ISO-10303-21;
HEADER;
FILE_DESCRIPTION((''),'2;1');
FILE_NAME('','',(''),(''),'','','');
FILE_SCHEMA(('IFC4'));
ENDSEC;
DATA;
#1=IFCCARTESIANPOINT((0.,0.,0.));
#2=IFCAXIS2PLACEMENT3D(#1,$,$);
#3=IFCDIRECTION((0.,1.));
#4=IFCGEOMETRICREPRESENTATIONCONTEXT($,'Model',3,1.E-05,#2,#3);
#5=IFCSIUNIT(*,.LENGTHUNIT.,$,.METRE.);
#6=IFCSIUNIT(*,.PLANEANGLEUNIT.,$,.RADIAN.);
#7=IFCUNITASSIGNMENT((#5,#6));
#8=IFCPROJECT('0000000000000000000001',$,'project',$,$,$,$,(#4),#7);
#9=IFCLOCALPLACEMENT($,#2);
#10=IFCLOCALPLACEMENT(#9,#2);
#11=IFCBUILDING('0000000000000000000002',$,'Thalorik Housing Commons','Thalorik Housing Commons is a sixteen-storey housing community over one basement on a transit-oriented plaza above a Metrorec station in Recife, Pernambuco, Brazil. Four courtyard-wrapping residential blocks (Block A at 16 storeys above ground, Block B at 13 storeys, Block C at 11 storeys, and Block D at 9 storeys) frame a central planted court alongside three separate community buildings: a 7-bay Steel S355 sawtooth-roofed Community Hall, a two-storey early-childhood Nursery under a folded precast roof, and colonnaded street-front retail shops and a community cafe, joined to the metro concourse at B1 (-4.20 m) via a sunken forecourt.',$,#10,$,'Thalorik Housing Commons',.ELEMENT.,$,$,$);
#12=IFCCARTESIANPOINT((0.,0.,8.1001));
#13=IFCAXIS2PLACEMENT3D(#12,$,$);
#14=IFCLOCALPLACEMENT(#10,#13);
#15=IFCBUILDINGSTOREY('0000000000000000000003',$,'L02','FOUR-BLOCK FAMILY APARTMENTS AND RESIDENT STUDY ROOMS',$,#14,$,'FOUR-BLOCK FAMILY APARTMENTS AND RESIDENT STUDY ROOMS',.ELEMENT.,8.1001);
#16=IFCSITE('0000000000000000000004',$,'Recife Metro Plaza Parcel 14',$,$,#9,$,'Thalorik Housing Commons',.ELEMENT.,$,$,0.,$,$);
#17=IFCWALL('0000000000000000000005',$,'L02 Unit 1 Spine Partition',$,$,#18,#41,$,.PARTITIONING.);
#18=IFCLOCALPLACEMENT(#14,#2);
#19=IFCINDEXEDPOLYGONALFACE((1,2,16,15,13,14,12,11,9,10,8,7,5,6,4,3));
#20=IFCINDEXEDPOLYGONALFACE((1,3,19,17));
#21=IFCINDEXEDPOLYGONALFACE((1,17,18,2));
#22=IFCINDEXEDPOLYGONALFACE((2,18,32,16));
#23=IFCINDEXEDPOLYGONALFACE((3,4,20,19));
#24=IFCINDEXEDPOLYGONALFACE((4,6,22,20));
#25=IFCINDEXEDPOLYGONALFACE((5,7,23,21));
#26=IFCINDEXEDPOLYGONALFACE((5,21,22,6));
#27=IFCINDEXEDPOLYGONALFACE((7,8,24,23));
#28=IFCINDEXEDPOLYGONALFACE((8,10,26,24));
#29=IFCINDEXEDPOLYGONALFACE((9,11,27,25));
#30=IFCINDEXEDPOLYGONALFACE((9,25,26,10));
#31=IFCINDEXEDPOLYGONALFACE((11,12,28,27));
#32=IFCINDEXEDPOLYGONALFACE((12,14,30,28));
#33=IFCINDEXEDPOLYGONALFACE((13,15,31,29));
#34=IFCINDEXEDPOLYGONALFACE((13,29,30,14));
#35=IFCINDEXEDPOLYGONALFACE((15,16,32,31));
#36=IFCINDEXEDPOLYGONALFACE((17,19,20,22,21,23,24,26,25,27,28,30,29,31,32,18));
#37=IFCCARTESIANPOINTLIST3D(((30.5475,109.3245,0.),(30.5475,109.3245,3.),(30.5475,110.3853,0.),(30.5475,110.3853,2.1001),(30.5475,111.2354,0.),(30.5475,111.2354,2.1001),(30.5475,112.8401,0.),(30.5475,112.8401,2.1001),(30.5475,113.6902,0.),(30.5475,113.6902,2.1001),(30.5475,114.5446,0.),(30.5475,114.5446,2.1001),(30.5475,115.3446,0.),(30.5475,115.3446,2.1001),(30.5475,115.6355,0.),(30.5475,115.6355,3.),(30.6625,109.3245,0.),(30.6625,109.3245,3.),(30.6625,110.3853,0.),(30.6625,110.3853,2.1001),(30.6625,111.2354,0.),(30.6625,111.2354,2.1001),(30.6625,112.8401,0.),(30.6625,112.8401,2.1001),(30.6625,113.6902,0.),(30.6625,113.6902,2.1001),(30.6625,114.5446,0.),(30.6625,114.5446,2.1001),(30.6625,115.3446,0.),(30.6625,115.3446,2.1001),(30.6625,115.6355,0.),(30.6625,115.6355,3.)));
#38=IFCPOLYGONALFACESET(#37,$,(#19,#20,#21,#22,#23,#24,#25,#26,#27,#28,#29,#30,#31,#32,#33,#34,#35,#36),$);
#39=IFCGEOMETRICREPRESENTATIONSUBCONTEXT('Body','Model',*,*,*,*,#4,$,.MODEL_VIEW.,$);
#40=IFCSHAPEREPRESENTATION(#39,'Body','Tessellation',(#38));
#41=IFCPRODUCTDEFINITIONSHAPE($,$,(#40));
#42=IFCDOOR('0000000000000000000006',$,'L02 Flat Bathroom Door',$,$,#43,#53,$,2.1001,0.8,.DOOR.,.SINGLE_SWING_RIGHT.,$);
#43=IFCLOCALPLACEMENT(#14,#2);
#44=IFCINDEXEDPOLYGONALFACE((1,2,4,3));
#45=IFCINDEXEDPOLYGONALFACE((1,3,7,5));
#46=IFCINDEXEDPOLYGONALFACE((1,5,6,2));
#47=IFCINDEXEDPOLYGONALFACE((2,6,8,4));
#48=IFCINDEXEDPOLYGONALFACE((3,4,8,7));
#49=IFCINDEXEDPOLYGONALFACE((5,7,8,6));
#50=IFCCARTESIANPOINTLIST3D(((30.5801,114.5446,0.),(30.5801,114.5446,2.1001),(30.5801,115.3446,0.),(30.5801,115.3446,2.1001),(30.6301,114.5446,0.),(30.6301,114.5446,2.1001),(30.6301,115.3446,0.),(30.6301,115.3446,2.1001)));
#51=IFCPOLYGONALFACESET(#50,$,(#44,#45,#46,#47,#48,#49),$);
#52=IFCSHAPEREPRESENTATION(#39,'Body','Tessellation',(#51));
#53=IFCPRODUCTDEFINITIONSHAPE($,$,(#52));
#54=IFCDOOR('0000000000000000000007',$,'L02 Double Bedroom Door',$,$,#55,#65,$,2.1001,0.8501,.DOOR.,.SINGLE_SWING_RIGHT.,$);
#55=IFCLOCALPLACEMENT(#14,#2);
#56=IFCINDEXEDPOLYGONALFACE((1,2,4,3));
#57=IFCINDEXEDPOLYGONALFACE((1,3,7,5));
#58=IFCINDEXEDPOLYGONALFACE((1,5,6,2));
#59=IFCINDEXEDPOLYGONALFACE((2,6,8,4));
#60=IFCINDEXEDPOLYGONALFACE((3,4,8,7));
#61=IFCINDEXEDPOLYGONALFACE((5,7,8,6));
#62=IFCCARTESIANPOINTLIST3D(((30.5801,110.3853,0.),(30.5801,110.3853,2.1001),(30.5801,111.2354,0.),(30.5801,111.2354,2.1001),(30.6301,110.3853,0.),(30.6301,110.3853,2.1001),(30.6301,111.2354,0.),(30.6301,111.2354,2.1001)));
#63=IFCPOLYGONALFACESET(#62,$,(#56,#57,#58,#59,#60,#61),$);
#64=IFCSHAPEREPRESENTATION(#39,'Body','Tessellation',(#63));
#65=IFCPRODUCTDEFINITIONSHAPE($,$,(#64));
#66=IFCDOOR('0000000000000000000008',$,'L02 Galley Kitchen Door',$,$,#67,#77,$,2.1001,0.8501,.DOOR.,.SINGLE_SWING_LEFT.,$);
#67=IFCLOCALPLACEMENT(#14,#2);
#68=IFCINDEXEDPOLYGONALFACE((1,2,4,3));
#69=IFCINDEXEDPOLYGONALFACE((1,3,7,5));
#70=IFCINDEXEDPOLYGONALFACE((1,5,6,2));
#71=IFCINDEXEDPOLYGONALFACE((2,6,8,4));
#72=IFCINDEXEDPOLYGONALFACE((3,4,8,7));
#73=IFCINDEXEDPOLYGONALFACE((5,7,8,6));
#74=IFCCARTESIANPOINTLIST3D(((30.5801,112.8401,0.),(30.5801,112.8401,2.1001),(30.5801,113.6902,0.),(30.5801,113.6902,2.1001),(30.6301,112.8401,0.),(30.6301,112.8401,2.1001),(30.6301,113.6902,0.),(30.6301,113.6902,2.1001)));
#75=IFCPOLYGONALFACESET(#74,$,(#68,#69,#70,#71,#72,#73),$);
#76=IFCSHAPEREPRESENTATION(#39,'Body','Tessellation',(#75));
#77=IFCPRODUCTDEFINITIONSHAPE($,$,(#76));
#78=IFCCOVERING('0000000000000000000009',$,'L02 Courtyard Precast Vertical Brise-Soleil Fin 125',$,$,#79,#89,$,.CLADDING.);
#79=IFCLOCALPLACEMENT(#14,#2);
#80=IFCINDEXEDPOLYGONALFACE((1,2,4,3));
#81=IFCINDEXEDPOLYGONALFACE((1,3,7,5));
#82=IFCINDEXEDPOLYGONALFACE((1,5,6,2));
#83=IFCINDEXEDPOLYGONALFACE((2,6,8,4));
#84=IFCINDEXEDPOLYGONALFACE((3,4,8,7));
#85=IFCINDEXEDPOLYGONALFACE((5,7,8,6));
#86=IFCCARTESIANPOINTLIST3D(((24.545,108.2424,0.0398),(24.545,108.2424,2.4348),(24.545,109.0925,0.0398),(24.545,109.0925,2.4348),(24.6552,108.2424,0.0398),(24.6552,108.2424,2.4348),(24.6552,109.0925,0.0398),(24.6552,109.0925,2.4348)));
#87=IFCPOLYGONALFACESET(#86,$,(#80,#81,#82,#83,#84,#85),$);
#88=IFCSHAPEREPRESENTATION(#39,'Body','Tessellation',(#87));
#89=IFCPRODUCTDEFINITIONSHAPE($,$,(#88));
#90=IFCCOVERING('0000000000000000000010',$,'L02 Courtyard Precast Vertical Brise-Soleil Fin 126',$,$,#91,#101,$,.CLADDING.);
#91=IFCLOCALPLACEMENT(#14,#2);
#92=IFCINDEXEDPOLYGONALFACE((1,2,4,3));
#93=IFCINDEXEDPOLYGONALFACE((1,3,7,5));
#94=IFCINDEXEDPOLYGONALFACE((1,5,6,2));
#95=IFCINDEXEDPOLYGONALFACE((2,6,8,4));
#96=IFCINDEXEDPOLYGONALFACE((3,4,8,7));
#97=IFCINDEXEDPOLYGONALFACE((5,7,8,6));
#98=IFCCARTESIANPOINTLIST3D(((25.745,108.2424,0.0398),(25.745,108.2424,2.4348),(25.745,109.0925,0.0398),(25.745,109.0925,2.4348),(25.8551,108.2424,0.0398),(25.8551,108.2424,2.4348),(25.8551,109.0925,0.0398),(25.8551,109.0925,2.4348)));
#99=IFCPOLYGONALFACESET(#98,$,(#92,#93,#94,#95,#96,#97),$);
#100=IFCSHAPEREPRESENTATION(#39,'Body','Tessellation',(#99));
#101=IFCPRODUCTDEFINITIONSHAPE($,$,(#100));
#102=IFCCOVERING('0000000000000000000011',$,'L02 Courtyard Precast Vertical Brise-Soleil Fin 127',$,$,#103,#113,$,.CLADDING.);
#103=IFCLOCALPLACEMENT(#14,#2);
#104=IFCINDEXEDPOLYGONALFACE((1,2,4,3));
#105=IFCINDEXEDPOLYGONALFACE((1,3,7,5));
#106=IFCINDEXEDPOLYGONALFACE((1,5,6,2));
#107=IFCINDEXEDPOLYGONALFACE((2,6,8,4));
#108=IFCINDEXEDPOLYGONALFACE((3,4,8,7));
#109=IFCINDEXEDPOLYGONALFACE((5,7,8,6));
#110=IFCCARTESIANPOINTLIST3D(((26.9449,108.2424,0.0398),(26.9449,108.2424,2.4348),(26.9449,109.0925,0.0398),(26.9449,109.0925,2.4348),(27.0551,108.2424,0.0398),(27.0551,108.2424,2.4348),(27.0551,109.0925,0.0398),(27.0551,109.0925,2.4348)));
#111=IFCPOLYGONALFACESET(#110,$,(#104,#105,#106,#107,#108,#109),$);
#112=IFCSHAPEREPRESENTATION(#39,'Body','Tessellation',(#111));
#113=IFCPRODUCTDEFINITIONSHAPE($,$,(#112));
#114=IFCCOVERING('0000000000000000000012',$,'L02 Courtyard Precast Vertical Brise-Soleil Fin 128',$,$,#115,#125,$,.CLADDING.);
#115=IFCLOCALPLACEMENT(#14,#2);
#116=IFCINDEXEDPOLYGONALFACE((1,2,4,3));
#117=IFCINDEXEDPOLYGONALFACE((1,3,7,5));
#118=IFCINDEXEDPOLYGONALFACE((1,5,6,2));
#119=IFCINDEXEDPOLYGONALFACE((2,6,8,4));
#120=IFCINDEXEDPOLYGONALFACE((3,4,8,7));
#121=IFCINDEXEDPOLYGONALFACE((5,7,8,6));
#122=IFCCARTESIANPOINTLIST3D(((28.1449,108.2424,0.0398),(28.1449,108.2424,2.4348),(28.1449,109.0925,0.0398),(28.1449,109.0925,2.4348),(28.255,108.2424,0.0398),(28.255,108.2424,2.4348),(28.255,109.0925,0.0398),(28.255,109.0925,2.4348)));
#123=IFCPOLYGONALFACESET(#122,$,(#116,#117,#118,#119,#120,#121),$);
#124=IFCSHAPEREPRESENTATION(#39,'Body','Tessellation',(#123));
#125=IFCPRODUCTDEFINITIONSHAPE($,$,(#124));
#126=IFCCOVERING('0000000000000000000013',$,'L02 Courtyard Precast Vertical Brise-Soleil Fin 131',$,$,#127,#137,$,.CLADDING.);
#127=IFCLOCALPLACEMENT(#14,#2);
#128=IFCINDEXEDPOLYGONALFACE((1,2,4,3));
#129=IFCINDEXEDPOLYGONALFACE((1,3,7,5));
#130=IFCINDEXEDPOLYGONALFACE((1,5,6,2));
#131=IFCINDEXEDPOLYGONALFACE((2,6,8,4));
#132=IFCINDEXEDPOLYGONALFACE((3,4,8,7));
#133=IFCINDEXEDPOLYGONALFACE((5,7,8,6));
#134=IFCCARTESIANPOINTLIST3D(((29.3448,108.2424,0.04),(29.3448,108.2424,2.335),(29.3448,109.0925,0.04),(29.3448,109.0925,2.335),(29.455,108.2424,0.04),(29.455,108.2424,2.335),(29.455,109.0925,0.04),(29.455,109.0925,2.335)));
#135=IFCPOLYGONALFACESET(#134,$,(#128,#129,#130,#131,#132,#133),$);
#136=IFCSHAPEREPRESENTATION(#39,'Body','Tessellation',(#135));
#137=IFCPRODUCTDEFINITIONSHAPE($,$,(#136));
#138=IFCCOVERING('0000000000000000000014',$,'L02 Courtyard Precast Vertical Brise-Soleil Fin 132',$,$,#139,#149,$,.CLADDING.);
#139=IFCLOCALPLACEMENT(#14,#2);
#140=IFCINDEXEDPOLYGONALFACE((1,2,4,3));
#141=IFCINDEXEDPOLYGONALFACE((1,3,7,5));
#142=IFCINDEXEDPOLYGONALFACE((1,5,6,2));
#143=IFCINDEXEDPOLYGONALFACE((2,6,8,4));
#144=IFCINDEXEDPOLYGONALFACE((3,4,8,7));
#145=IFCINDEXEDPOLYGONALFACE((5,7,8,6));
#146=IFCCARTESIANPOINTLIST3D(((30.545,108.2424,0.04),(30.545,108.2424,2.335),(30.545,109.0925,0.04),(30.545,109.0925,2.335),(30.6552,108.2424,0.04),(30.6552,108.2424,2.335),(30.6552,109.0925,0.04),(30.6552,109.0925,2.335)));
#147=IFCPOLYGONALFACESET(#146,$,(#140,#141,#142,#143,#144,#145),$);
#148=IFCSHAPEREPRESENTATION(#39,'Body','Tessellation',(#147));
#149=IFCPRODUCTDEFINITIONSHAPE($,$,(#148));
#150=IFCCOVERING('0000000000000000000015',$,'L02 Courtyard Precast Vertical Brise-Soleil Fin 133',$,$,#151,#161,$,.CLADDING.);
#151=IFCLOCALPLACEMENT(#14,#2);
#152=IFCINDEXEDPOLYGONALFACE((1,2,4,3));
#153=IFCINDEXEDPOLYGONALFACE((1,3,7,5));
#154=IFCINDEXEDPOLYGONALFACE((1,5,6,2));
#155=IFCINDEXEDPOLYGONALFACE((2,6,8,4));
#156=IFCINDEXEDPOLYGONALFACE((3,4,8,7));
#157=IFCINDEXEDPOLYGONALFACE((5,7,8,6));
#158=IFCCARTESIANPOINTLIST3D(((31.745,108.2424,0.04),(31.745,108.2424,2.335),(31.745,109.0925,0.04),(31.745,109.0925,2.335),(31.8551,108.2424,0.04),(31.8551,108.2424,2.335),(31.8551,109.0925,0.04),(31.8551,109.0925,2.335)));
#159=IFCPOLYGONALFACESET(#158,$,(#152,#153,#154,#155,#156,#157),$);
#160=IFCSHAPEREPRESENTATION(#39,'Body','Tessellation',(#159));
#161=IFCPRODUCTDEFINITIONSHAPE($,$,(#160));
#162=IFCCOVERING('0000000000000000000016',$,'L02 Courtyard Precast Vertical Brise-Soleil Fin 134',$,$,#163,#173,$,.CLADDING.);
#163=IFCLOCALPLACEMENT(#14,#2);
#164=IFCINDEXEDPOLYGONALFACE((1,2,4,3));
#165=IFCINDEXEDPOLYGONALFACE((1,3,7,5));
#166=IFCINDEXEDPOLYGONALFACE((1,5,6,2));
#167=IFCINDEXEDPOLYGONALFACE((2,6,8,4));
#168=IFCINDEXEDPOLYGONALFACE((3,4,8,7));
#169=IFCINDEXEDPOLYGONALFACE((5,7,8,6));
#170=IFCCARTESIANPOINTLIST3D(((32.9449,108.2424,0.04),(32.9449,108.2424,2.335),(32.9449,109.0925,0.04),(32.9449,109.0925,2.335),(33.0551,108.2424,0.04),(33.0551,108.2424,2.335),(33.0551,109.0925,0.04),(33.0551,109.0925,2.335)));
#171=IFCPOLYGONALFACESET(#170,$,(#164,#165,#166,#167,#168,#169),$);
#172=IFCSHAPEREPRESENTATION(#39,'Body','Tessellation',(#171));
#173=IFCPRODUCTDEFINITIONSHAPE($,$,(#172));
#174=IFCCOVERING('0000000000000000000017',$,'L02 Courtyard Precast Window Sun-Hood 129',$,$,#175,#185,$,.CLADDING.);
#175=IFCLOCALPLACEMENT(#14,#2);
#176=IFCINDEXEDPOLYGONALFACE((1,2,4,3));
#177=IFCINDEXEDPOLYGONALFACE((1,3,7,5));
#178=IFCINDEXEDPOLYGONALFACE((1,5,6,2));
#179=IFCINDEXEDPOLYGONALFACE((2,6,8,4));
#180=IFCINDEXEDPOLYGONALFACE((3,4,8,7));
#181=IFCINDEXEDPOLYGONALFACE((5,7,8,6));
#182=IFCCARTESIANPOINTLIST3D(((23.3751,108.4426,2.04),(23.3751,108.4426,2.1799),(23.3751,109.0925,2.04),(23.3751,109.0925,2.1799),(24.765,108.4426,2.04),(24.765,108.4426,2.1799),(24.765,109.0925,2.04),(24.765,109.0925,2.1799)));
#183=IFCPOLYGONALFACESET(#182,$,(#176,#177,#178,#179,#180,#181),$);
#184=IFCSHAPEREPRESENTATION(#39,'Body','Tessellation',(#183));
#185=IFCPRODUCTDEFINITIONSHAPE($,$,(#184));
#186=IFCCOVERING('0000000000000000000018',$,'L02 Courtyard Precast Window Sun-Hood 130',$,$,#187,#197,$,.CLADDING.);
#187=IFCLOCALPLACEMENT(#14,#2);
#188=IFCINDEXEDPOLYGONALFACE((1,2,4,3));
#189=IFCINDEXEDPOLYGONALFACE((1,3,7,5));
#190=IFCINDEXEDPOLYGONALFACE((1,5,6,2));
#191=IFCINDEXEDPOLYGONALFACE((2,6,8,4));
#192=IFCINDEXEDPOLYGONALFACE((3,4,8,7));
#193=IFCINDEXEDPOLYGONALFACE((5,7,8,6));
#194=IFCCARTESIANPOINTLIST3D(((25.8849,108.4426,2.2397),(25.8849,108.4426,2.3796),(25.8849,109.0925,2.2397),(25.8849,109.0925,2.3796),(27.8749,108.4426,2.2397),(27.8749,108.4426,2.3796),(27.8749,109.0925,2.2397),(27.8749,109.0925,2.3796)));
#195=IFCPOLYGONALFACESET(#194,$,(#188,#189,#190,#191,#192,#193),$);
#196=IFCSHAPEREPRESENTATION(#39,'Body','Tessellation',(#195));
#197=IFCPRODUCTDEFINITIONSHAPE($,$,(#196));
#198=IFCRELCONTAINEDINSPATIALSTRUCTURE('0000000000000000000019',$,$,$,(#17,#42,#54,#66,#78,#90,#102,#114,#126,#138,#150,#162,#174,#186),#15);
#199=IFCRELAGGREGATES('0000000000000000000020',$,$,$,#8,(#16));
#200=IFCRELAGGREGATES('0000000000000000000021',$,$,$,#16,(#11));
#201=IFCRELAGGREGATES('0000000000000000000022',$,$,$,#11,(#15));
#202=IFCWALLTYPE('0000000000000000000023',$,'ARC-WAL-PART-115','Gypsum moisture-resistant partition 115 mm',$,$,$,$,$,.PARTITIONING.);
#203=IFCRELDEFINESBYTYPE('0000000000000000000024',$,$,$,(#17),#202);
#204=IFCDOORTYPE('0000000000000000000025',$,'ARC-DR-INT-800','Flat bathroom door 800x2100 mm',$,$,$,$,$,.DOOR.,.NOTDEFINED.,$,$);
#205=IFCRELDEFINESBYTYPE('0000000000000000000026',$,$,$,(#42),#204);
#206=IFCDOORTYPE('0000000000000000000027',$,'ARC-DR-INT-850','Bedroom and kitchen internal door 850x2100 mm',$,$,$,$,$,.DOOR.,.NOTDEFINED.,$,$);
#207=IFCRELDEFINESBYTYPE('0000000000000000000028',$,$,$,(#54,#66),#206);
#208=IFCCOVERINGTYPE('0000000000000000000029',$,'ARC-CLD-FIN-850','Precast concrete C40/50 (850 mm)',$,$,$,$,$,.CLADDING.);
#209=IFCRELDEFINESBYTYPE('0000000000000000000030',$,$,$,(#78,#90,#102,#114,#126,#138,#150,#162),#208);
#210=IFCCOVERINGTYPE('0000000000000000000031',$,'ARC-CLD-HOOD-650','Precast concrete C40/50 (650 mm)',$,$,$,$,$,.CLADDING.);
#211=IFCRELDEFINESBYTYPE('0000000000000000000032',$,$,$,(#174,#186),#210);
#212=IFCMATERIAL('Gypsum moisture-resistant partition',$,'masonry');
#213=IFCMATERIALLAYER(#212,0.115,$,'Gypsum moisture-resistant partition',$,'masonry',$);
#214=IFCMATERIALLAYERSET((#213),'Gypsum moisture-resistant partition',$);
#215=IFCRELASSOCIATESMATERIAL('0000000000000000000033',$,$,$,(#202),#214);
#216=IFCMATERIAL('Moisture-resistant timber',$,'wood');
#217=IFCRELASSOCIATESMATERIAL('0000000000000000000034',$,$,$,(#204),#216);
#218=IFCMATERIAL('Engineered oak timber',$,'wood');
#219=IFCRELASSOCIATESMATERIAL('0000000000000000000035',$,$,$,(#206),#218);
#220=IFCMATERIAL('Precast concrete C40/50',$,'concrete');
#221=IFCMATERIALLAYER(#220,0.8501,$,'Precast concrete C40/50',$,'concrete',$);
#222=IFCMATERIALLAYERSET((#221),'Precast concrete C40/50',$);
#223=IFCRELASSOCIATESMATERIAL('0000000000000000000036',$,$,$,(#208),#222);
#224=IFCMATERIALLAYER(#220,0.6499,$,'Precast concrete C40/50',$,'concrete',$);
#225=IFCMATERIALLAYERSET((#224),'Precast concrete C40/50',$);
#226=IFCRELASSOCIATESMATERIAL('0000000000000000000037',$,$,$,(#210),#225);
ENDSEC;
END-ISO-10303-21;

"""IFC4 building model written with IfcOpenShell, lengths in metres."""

from ifc_helpers import new_model, si_unit, direction, frame, frame_2d, origin, origin_2d, place, context, subcontext, project, spatial, rectangle, extrude, material, layer, layer_set, type_object, element, fill, save


model = new_model("IFC4")

# Units and contexts
model_context = context("Model", 3, precision=1e-05, world=origin(), true_north=direction((0.0, 1.0)))
body_context = subcontext(model_context, "Body", "Model", "MODEL_VIEW")
ifc_project = project(units=[si_unit("LENGTHUNIT", "METRE"), si_unit("PLANEANGLEUNIT", "RADIAN")], contexts=[model_context])

# Site, building, storey
site_placement = place(None, origin())
site = spatial("IfcSite", under=ifc_project, at=site_placement, Name="Recife Metro Plaza Parcel 14", LongName="Thalorik Housing Commons", CompositionType="ELEMENT", RefElevation=0.0)
building_placement = place(site_placement, origin())
building = spatial("IfcBuilding", under=site, at=building_placement, Name="Thalorik Housing Commons", Description="Thalorik Housing Commons is a sixteen-storey housing community over one basement on a transit-oriented plaza above a Metrorec station in Recife, Pernambuco, Brazil. Four courtyard-wrapping residential blocks (Block A at 16 storeys above ground, Block B at 13 storeys, Block C at 11 storeys, and Block D at 9 storeys) frame a central planted court alongside three separate community buildings: a 7-bay Steel S355 sawtooth-roofed Community Hall, a two-storey early-childhood Nursery under a folded precast roof, and colonnaded street-front retail shops and a community cafe, joined to the metro concourse at B1 (-4.20 m) via a sunken forecourt.", LongName="Thalorik Housing Commons", CompositionType="ELEMENT")
storey_placement = place(building_placement, frame((0.0, 0.0, 8.1001)))
storey = spatial("IfcBuildingStorey", under=building, at=storey_placement, Name="L02", Description="FOUR-BLOCK FAMILY APARTMENTS AND RESIDENT STUDY ROOMS", LongName="FOUR-BLOCK FAMILY APARTMENTS AND RESIDENT STUDY ROOMS", CompositionType="ELEMENT", Elevation=8.1001)

# Shared definitions
ifc_material_1 = material(Name="Precast concrete C40/50", Category="concrete")

# Wall, openings, doors
ifc_material_2 = material(Name="Gypsum moisture-resistant partition", Category="masonry")
ifc_layer_1 = layer(ifc_material_2, 0.115, Name="Gypsum moisture-resistant partition", Category="masonry")
ifc_layer_set_1 = layer_set([ifc_layer_1], Name="Gypsum moisture-resistant partition")
wall_type_1 = type_object("IfcWallType", Name="ARC-WAL-PART-115", Description="Gypsum moisture-resistant partition 115 mm", PredefinedType="PARTITIONING", material=ifc_layer_set_1)
wall_1_placement = place(storey_placement, frame((30.605, 109.3245, 0.0), z_axis=(0.0, 0.0, 1.0), x_axis=(0.0, 1.0, 0.0)))
wall_1 = element("IfcWall", 1, at=wall_1_placement, inside=storey, type_object=wall_type_1, Name="L02 Unit 1 Spine Partition", PredefinedType="PARTITIONING", context=body_context, shape_type="SweptSolid", body=[
    extrude(rectangle(XDim=6.311, YDim=0.115, at=frame_2d((3.1555, 0.0))), origin(), (0.0, 0.0, 1.0), 3.0),
])
opening_1_placement = place(wall_1_placement, frame((1.0608, 0.0, 0.0)))
opening_1 = element("IfcOpeningElement", 2, at=opening_1_placement, cuts=wall_1, PredefinedType="OPENING", context=body_context, shape_type="SweptSolid", body=[
    extrude(rectangle(XDim=0.8501, YDim=2.1001, at=frame_2d((0.425, 1.05))), frame((0.0, 0.0674, 0.0), z_axis=(0.0, -1.0, 0.0), x_axis=(1.0, 0.0, 0.0)), (0.0, 0.0, 1.0), 0.135),
])
opening_2_placement = place(wall_1_placement, frame((3.5156, 0.0, 0.0)))
opening_2 = element("IfcOpeningElement", 3, at=opening_2_placement, cuts=wall_1, PredefinedType="OPENING", context=body_context, shape_type="SweptSolid", body=[
    extrude(rectangle(XDim=0.8501, YDim=2.1001, at=frame_2d((0.425, 1.05))), frame((0.0, 0.0674, 0.0), z_axis=(0.0, -1.0, 0.0), x_axis=(1.0, 0.0, 0.0)), (0.0, 0.0, 1.0), 0.135),
])
opening_3_placement = place(wall_1_placement, frame((5.2202, 0.0, 0.0)))
opening_3 = element("IfcOpeningElement", 4, at=opening_3_placement, cuts=wall_1, PredefinedType="OPENING", context=body_context, shape_type="SweptSolid", body=[
    extrude(rectangle(XDim=0.8, YDim=2.1001, at=frame_2d((0.3999, 1.05))), frame((0.0, 0.0674, 0.0), z_axis=(0.0, -1.0, 0.0), x_axis=(1.0, 0.0, 0.0)), (0.0, 0.0, 1.0), 0.135),
])
ifc_material_3 = material(Name="Moisture-resistant timber", Category="wood")
door_type_1 = type_object("IfcDoorType", Name="ARC-DR-INT-800", Description="Flat bathroom door 800x2100 mm", OperationType="NOTDEFINED", PredefinedType="DOOR", material=ifc_material_3)
door_1_placement = place(opening_3_placement, origin())
door_1 = element("IfcDoor", 5, at=door_1_placement, inside=storey, type_object=door_type_1, Name="L02 Flat Bathroom Door", OperationType="SINGLE_SWING_RIGHT", OverallHeight=2.1001, OverallWidth=0.8, PredefinedType="DOOR", context=body_context, shape_type="SweptSolid", body=[
    extrude(rectangle(XDim=0.8, YDim=2.1001, at=frame_2d((0.3999, 1.05))), frame((0.0, 0.0249, 0.0), z_axis=(0.0, -1.0, 0.0), x_axis=(1.0, 0.0, 0.0)), (0.0, 0.0, 1.0), 0.05),
])
fill(opening_3, door_1)
ifc_material_4 = material(Name="Engineered oak timber", Category="wood")
door_type_2 = type_object("IfcDoorType", Name="ARC-DR-INT-850", Description="Bedroom and kitchen internal door 850x2100 mm", OperationType="NOTDEFINED", PredefinedType="DOOR", material=ifc_material_4)
door_2_placement = place(opening_1_placement, origin())
door_2 = element("IfcDoor", 6, at=door_2_placement, inside=storey, type_object=door_type_2, Name="L02 Double Bedroom Door", OperationType="SINGLE_SWING_RIGHT", OverallHeight=2.1001, OverallWidth=0.8501, PredefinedType="DOOR", context=body_context, shape_type="SweptSolid", body=[
    extrude(rectangle(XDim=0.8501, YDim=2.1001, at=frame_2d((0.425, 1.05))), frame((0.0, 0.0249, 0.0), z_axis=(0.0, -1.0, 0.0), x_axis=(1.0, 0.0, 0.0)), (0.0, 0.0, 1.0), 0.05),
])
fill(opening_1, door_2)
door_3_placement = place(opening_2_placement, origin())
door_3 = element("IfcDoor", 7, at=door_3_placement, inside=storey, type_object=door_type_2, Name="L02 Galley Kitchen Door", OperationType="SINGLE_SWING_LEFT", OverallHeight=2.1001, OverallWidth=0.8501, PredefinedType="DOOR", context=body_context, shape_type="SweptSolid", body=[
    extrude(rectangle(XDim=0.8501, YDim=2.1001, at=frame_2d((0.425, 1.05))), frame((0.0, 0.0249, 0.0), z_axis=(0.0, -1.0, 0.0), x_axis=(1.0, 0.0, 0.0)), (0.0, 0.0, 1.0), 0.05),
])
fill(opening_2, door_3)

# Coverings
ifc_layer_2 = layer(ifc_material_1, 0.8501, Name="Precast concrete C40/50", Category="concrete")
ifc_layer_set_2 = layer_set([ifc_layer_2], Name="Precast concrete C40/50")
covering_type_1 = type_object("IfcCoveringType", Name="ARC-CLD-FIN-850", Description="Precast concrete C40/50 (850 mm)", PredefinedType="CLADDING", material=ifc_layer_set_2)
for number, where, z_axis, x_axis, name in (
    (8, (24.6001, 108.6675, 0.0398), (0.0, 0.0, 1.0), (1.0, 0.0, 0.0), "L02 Courtyard Precast Vertical Brise-Soleil Fin 125"),
    (9, (25.8, 108.6675, 0.0398), (0.0, 0.0, 1.0), (1.0, 0.0, 0.0), "L02 Courtyard Precast Vertical Brise-Soleil Fin 126"),
    (10, (27.0, 108.6675, 0.0398), (0.0, 0.0, 1.0), (1.0, 0.0, 0.0), "L02 Courtyard Precast Vertical Brise-Soleil Fin 127"),
    (11, (28.2, 108.6675, 0.0398), (0.0, 0.0, 1.0), (1.0, 0.0, 0.0), "L02 Courtyard Precast Vertical Brise-Soleil Fin 128"),
):
    element("IfcCovering", number, at=place(storey_placement, frame(where, z_axis=z_axis, x_axis=x_axis)), inside=storey, type_object=covering_type_1, Name=name, PredefinedType="CLADDING", context=body_context, shape_type="SweptSolid", body=[
        extrude(rectangle(XDim=0.1101, YDim=0.8501, at=origin_2d()), origin(), (0.0, 0.0, 1.0), 2.395),
    ])
for number, where, z_axis, x_axis, name in (
    (12, (29.3999, 108.6675, 0.04), (0.0, 0.0, 1.0), (1.0, 0.0, 0.0), "L02 Courtyard Precast Vertical Brise-Soleil Fin 131"),
    (13, (30.6001, 108.6675, 0.04), (0.0, 0.0, 1.0), (1.0, 0.0, 0.0), "L02 Courtyard Precast Vertical Brise-Soleil Fin 132"),
    (14, (31.8, 108.6675, 0.04), (0.0, 0.0, 1.0), (1.0, 0.0, 0.0), "L02 Courtyard Precast Vertical Brise-Soleil Fin 133"),
    (15, (33.0, 108.6675, 0.04), (0.0, 0.0, 1.0), (1.0, 0.0, 0.0), "L02 Courtyard Precast Vertical Brise-Soleil Fin 134"),
):
    element("IfcCovering", number, at=place(storey_placement, frame(where, z_axis=z_axis, x_axis=x_axis)), inside=storey, type_object=covering_type_1, Name=name, PredefinedType="CLADDING", context=body_context, shape_type="SweptSolid", body=[
        extrude(rectangle(XDim=0.1101, YDim=0.8501, at=origin_2d()), origin(), (0.0, 0.0, 1.0), 2.2949),
    ])
ifc_layer_3 = layer(ifc_material_1, 0.6499, Name="Precast concrete C40/50", Category="concrete")
ifc_layer_set_3 = layer_set([ifc_layer_3], Name="Precast concrete C40/50")
covering_type_2 = type_object("IfcCoveringType", Name="ARC-CLD-HOOD-650", Description="Precast concrete C40/50 (650 mm)", PredefinedType="CLADDING", material=ifc_layer_set_3)
covering_1_placement = place(storey_placement, frame((24.0701, 108.7676, 2.04), z_axis=(0.0, 0.0, 1.0), x_axis=(1.0, 0.0, 0.0)))
element("IfcCovering", 16, at=covering_1_placement, inside=storey, type_object=covering_type_2, Name="L02 Courtyard Precast Window Sun-Hood 129", PredefinedType="CLADDING", context=body_context, shape_type="SweptSolid", body=[
    extrude(rectangle(XDim=1.3899, YDim=0.6499, at=origin_2d()), origin(), (0.0, 0.0, 1.0), 0.1399),
])
covering_2_placement = place(storey_placement, frame((26.8799, 108.7676, 2.2397), z_axis=(0.0, 0.0, 1.0), x_axis=(1.0, 0.0, 0.0)))
element("IfcCovering", 17, at=covering_2_placement, inside=storey, type_object=covering_type_2, Name="L02 Courtyard Precast Window Sun-Hood 130", PredefinedType="CLADDING", context=body_context, shape_type="SweptSolid", body=[
    extrude(rectangle(XDim=1.99, YDim=0.6499, at=origin_2d()), origin(), (0.0, 0.0, 1.0), 0.1399),
])

save(model, "model.ifc")
